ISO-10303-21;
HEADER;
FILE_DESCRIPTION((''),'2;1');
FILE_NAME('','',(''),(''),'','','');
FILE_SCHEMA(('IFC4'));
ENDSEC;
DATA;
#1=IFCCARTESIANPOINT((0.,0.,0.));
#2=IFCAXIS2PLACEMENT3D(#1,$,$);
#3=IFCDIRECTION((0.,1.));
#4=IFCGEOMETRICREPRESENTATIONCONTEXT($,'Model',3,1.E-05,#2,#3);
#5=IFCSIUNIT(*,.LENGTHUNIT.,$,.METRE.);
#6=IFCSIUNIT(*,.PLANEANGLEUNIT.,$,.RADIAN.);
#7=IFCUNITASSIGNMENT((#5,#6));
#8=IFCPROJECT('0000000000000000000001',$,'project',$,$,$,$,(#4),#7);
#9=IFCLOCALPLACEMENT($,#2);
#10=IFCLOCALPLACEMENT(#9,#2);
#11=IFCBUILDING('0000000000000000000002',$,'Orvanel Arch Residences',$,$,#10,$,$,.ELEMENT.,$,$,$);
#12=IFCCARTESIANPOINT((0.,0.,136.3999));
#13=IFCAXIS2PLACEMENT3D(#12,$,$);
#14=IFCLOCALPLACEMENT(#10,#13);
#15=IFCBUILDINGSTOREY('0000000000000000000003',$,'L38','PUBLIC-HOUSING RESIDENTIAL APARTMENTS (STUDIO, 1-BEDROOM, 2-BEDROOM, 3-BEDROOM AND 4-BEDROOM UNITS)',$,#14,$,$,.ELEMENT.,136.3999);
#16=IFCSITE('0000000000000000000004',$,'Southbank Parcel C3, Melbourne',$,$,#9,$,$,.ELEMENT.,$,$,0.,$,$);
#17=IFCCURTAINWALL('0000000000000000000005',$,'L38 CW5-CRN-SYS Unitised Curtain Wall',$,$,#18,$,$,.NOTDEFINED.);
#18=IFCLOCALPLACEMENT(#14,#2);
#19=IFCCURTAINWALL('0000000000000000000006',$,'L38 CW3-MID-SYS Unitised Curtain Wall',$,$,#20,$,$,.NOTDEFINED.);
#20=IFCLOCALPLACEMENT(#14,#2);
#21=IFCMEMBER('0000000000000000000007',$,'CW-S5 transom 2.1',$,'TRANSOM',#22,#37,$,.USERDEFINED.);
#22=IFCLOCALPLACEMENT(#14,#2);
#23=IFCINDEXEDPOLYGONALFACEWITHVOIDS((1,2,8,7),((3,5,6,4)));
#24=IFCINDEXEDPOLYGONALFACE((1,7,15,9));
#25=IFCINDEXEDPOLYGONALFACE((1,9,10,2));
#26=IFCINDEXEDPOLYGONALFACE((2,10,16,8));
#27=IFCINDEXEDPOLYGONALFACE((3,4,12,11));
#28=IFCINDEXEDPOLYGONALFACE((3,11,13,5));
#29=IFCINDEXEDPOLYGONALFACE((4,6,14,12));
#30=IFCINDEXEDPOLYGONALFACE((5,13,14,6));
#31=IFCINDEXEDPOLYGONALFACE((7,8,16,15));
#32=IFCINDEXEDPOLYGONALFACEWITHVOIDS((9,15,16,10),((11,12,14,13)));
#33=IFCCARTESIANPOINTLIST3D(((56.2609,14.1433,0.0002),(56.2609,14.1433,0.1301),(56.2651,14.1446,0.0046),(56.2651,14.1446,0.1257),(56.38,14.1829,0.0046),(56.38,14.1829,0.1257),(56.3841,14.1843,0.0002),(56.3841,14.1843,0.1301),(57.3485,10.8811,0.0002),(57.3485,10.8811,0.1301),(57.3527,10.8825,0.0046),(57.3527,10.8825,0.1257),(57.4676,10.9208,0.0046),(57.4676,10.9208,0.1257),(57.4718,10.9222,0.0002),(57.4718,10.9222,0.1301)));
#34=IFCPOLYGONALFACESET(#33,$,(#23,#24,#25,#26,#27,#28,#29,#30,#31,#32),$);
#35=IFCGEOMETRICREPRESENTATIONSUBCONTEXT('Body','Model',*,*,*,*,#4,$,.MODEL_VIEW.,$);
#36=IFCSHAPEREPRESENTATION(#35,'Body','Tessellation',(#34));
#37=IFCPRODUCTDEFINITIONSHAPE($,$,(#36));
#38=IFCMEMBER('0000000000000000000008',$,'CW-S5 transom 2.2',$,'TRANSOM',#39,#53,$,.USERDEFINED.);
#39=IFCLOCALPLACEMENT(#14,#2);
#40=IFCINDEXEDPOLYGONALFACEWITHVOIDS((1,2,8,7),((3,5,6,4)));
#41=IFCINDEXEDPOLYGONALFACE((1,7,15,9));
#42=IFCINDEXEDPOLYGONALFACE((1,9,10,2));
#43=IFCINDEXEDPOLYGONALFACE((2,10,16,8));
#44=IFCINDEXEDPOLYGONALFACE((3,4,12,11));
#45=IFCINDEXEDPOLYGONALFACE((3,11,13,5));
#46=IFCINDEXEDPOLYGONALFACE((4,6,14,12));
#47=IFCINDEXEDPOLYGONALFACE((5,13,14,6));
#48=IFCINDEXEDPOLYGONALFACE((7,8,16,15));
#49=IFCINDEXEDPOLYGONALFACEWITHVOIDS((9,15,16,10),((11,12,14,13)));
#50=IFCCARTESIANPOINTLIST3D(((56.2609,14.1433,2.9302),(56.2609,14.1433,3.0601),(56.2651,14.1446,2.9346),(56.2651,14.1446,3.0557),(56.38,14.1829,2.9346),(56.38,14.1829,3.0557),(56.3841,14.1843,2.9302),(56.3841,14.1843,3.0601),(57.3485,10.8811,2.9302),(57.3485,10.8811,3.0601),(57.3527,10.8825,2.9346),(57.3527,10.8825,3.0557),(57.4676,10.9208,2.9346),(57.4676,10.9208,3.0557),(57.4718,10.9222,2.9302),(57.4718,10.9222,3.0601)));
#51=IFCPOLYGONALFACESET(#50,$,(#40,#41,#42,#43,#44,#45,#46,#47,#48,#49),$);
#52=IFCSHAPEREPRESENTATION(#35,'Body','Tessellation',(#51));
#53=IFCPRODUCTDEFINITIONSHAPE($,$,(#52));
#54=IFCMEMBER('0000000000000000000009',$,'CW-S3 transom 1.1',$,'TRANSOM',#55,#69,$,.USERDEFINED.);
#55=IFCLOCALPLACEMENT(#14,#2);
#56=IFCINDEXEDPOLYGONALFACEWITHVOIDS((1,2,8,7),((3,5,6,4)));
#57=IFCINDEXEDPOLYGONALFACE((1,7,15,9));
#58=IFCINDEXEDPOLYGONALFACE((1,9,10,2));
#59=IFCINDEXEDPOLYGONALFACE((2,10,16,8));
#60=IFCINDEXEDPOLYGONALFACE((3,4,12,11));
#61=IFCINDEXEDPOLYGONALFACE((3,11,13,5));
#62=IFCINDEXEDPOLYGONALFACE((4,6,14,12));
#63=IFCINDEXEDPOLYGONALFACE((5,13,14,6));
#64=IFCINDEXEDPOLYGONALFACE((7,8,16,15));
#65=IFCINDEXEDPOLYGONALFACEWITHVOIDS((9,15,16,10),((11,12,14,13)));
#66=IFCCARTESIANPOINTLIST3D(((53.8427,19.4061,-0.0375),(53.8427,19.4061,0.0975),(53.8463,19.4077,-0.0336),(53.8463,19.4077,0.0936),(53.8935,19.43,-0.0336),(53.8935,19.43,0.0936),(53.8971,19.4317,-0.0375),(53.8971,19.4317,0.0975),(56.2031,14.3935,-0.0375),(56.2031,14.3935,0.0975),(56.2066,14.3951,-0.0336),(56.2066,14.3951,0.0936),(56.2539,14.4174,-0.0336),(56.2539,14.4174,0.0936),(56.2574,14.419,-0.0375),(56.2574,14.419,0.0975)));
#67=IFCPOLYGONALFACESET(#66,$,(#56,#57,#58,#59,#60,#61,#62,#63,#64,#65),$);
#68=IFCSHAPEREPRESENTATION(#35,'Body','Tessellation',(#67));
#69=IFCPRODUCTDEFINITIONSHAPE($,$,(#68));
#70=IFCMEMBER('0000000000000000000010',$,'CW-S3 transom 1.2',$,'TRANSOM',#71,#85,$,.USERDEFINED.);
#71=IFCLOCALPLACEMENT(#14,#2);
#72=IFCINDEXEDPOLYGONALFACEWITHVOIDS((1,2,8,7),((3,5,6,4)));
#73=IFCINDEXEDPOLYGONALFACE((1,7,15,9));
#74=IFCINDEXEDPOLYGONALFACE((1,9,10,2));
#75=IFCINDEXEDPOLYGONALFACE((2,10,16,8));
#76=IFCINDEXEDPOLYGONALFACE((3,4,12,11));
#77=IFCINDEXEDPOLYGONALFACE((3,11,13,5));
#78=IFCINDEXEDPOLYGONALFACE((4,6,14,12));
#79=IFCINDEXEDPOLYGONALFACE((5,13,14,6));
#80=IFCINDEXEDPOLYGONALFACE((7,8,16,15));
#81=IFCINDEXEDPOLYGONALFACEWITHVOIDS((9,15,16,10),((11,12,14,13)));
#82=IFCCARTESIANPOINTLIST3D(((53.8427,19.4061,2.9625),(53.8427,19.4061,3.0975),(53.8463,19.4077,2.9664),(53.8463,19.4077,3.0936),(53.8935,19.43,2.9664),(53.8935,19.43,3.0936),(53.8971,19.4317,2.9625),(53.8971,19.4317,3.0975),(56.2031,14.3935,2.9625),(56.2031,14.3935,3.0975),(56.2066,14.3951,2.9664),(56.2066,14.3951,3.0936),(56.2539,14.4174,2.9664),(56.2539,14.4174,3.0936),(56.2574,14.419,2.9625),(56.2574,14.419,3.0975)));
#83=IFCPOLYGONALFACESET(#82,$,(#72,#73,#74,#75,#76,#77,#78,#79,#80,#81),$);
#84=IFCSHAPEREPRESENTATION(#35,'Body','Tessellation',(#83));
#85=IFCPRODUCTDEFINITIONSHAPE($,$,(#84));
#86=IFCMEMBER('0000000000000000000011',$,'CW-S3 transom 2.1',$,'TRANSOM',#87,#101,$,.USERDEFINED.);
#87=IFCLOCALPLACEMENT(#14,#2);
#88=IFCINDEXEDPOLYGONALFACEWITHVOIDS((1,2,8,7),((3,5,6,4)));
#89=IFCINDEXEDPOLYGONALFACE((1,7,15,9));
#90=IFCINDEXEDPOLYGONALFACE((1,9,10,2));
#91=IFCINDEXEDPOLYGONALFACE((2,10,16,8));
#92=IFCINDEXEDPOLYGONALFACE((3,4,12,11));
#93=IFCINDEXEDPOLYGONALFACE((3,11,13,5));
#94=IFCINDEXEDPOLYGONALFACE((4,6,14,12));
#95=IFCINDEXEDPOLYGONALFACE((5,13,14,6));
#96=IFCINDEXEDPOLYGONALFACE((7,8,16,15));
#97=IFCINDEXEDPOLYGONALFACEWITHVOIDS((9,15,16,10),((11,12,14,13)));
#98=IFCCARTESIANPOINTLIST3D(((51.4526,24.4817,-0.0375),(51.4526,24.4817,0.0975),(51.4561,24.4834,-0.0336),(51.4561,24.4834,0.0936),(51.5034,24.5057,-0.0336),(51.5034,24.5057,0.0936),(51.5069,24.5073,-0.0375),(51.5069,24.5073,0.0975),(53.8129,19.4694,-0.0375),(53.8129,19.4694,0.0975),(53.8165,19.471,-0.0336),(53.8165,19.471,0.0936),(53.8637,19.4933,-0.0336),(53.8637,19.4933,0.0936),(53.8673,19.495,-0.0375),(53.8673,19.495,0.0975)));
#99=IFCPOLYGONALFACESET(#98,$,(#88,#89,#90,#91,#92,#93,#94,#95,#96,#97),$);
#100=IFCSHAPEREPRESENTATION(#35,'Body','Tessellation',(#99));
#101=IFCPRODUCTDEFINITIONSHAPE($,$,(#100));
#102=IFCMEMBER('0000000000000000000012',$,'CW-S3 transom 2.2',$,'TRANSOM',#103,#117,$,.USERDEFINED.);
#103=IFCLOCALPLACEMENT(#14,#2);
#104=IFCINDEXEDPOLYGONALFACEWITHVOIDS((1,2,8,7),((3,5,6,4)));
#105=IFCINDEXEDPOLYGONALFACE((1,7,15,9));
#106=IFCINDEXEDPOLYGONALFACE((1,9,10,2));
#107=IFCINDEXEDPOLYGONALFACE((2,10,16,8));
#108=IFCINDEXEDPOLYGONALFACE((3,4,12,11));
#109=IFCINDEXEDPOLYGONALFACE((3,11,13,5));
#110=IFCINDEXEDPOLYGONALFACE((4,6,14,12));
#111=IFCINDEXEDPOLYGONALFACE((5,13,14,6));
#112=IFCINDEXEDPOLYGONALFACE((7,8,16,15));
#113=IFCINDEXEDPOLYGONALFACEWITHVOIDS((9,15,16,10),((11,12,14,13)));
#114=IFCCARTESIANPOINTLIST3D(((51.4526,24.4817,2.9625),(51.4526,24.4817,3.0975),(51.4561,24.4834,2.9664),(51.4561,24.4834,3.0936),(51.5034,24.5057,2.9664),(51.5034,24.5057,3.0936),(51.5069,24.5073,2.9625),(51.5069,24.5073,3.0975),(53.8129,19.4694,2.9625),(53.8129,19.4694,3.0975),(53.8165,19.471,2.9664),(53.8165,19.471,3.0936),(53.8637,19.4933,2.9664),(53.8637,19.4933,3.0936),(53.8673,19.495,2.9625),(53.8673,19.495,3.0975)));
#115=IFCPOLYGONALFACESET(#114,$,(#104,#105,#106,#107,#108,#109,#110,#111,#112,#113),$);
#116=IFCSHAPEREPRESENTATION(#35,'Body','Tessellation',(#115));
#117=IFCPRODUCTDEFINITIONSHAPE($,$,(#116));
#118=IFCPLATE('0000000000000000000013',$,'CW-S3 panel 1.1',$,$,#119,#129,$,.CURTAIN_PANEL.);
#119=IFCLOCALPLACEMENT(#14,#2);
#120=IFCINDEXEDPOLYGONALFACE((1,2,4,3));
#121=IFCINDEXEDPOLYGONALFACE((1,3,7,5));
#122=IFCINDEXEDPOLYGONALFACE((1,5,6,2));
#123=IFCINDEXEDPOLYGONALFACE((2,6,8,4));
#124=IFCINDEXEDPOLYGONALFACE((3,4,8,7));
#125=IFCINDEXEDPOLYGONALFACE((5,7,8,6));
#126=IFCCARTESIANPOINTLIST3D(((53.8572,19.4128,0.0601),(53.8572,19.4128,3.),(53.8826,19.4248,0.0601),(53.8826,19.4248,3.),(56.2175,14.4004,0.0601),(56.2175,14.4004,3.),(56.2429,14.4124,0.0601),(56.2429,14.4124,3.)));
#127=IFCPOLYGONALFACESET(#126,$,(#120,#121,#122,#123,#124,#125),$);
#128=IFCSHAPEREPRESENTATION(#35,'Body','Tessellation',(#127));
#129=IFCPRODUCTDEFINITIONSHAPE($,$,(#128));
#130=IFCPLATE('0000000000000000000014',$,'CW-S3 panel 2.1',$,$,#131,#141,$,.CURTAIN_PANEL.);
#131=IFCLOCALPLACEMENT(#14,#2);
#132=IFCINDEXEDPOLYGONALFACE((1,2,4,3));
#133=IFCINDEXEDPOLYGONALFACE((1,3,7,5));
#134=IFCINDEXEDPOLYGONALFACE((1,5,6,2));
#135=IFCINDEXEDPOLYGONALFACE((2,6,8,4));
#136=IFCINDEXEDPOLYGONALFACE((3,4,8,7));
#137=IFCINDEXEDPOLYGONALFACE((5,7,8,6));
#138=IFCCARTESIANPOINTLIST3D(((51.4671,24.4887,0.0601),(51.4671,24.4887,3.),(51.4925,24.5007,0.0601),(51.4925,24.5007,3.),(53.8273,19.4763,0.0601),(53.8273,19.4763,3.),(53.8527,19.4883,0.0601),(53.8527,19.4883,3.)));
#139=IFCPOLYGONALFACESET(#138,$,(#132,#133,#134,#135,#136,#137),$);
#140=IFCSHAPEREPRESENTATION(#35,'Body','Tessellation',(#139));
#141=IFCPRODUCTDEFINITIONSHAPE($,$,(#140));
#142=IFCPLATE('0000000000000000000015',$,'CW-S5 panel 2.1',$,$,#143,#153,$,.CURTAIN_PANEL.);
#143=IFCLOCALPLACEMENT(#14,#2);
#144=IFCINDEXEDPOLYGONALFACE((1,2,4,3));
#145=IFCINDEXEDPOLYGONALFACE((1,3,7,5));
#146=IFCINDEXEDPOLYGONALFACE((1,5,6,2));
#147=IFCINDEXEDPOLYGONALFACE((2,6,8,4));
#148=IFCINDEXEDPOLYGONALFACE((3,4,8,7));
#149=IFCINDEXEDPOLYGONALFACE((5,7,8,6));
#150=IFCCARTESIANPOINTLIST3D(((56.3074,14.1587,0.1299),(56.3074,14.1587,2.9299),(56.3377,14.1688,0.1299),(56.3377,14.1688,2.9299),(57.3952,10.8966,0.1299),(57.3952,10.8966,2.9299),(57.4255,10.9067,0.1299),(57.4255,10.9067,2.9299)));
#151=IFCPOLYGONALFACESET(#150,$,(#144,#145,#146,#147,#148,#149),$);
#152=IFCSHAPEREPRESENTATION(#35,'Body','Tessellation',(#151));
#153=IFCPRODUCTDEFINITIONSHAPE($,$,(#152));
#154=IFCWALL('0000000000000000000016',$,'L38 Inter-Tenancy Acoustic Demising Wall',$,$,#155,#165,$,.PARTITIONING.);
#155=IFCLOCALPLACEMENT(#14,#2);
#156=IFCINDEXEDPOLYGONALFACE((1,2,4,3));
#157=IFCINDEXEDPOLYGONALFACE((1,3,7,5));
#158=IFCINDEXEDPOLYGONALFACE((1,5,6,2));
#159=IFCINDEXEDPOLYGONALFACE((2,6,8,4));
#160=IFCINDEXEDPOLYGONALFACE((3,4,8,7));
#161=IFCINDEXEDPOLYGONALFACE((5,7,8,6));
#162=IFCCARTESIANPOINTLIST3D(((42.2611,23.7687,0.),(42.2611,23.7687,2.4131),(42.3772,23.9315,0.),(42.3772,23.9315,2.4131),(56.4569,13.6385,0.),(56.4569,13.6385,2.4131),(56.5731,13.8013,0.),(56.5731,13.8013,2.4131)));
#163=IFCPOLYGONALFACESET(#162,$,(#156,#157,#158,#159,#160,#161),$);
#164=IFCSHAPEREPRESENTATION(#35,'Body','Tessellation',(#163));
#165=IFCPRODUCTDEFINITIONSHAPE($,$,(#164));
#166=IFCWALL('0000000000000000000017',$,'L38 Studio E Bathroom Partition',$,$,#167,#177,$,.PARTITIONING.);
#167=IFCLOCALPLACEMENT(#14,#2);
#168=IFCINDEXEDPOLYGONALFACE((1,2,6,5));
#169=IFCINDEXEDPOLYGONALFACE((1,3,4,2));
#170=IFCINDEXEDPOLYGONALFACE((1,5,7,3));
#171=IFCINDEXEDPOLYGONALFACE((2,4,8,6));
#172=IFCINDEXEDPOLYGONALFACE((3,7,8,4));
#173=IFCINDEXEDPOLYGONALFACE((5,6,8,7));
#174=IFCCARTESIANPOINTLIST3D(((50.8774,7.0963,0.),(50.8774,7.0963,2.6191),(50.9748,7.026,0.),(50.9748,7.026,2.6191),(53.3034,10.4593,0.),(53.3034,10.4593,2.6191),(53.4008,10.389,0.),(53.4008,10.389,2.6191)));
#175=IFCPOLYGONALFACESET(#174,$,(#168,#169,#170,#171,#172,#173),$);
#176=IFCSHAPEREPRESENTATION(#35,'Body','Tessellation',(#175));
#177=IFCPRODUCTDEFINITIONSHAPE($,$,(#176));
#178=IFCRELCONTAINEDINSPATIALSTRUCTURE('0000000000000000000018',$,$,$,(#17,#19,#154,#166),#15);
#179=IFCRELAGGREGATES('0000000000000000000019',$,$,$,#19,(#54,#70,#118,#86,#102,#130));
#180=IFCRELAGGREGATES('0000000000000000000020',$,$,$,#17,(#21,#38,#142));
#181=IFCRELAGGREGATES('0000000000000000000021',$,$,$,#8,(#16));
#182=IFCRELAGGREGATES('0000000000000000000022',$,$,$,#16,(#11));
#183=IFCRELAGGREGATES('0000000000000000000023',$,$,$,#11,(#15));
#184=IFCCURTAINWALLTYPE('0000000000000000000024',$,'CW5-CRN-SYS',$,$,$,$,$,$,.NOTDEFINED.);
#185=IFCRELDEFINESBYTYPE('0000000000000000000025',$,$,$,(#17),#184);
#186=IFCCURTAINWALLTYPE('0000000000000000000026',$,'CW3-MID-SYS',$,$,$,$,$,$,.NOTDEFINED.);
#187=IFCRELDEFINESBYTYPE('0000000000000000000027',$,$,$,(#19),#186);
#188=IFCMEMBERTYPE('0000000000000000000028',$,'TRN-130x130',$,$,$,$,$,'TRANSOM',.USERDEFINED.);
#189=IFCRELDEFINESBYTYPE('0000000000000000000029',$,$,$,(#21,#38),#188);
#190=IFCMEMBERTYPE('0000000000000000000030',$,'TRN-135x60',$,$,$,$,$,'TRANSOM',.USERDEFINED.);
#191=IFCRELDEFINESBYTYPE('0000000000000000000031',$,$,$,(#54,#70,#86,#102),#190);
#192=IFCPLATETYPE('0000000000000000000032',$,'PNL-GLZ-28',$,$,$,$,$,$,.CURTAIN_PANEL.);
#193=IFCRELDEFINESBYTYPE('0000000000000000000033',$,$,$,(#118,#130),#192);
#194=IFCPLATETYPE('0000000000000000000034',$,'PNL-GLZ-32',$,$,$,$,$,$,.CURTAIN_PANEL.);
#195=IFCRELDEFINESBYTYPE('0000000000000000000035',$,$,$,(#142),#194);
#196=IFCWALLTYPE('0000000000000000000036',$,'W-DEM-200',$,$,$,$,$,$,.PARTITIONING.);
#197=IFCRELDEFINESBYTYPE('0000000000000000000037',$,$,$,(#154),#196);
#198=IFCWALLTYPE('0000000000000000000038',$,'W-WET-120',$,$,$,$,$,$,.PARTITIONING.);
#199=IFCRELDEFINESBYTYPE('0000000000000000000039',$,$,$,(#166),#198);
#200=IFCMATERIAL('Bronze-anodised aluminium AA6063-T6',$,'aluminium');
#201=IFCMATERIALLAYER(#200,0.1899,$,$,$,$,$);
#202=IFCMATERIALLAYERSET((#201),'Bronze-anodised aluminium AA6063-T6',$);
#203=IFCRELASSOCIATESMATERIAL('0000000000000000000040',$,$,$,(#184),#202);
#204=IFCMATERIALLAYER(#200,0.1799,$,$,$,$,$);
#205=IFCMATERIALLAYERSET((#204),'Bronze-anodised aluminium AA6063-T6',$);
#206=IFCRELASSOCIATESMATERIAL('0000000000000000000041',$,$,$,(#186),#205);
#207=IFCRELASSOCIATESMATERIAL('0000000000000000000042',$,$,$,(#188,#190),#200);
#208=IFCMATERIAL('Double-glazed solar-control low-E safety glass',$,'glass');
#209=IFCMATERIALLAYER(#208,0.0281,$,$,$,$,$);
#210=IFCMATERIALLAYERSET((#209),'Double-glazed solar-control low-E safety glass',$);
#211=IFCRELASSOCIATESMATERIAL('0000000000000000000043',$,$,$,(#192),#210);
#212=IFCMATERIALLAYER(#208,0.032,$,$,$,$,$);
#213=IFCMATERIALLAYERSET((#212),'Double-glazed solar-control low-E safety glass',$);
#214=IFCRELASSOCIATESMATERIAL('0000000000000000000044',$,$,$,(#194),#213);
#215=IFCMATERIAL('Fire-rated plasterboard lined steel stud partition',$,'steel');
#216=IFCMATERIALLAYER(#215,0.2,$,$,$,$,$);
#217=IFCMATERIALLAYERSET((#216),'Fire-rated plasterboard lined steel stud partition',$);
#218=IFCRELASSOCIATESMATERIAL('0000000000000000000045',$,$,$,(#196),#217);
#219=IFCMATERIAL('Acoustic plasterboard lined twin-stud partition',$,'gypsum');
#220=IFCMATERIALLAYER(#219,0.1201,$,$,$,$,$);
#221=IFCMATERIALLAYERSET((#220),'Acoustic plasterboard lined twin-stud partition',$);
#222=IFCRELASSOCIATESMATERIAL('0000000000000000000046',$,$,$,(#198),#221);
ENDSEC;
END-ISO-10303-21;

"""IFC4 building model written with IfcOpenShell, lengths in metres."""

from ifc_helpers import new_model, si_unit, direction, frame, frame_2d, origin, origin_2d, place, context, subcontext, project, spatial, rectangle, hollow_rectangle, extrude, material, layer, layer_set, material_profile, profile_set, type_object, element, aggregate, save


model = new_model("IFC4")

# Units and contexts
model_context = context("Model", 3, precision=1e-05, world=origin(), true_north=direction((0.0, 1.0)))
body_context = subcontext(model_context, "Body", "Model", "MODEL_VIEW")
ifc_project = project(units=[si_unit("LENGTHUNIT", "METRE"), si_unit("PLANEANGLEUNIT", "RADIAN")], contexts=[model_context])

# Site, building, storey
site_placement = place(None, origin())
site = spatial("IfcSite", under=ifc_project, at=site_placement, Name="Southbank Parcel C3, Melbourne", CompositionType="ELEMENT", RefElevation=0.0)
building_placement = place(site_placement, origin())
building = spatial("IfcBuilding", under=site, at=building_placement, Name="Orvanel Arch Residences", CompositionType="ELEMENT")
storey_placement = place(building_placement, frame((0.0, 0.0, 136.3999)))
storey = spatial("IfcBuildingStorey", under=building, at=storey_placement, Name="L38", Description="PUBLIC-HOUSING RESIDENTIAL APARTMENTS (STUDIO, 1-BEDROOM, 2-BEDROOM, 3-BEDROOM AND 4-BEDROOM UNITS)", CompositionType="ELEMENT", Elevation=136.3999)

# Curtain walls
ifc_material_1 = material(Name="Bronze-anodised aluminium AA6063-T6", Category="aluminium")
ifc_layer_1 = layer(ifc_material_1, 0.1899)
ifc_layer_set_1 = layer_set([ifc_layer_1], Name="Bronze-anodised aluminium AA6063-T6")
curtain_wall_type_1 = type_object("IfcCurtainWallType", Name="CW5-CRN-SYS", PredefinedType="NOTDEFINED", material=ifc_layer_set_1)
curtain_wall_1_placement = place(storey_placement, origin())
curtain_wall_1 = element("IfcCurtainWall", 1, at=curtain_wall_1_placement, inside=storey, type_object=curtain_wall_type_1, Name="L38 CW5-CRN-SYS Unitised Curtain Wall", PredefinedType="NOTDEFINED")
ifc_layer_2 = layer(ifc_material_1, 0.1799)
ifc_layer_set_2 = layer_set([ifc_layer_2], Name="Bronze-anodised aluminium AA6063-T6")
curtain_wall_type_2 = type_object("IfcCurtainWallType", Name="CW3-MID-SYS", PredefinedType="NOTDEFINED", material=ifc_layer_set_2)
curtain_wall_2_placement = place(storey_placement, origin())
curtain_wall_2 = element("IfcCurtainWall", 2, at=curtain_wall_2_placement, inside=storey, type_object=curtain_wall_type_2, Name="L38 CW3-MID-SYS Unitised Curtain Wall", PredefinedType="NOTDEFINED")

# Members
ifc_material_profile_1 = material_profile(ifc_material_1, hollow_rectangle(XDim=0.1299, YDim=0.1299, WallThickness=0.0044, at=origin_2d()), Name="ALU130x130x4.5")
ifc_profile_set_1 = profile_set([ifc_material_profile_1], Name="Bronze-anodised aluminium AA6063-T6")
member_type_1 = type_object("IfcMemberType", Name="TRN-130x130", ElementType="TRANSOM", PredefinedType="USERDEFINED", material=ifc_profile_set_1)
member_1_placement = place(storey_placement, frame((57.4102, 10.9016, 0.0652), z_axis=(-0.316292, 0.948662, 0.0), x_axis=(-0.948662, -0.316292, 0.0)))
member_1 = element("IfcMember", 3, at=member_1_placement, type_object=member_type_1, Name="CW-S5 transom 2.1", ObjectType="TRANSOM", PredefinedType="USERDEFINED", context=body_context, shape_type="SweptSolid", body=[
    extrude(hollow_rectangle(XDim=0.1299, YDim=0.1299, WallThickness=0.0044, at=origin_2d()), origin(), (0.0, 0.0, 1.0), 3.4387),
])
member_2_placement = place(storey_placement, frame((57.4102, 10.9016, 2.9951), z_axis=(-0.316292, 0.948662, 0.0), x_axis=(-0.948662, -0.316292, 0.0)))
member_2 = element("IfcMember", 4, at=member_2_placement, type_object=member_type_1, Name="CW-S5 transom 2.2", ObjectType="TRANSOM", PredefinedType="USERDEFINED", context=body_context, shape_type="SweptSolid", body=[
    extrude(hollow_rectangle(XDim=0.1299, YDim=0.1299, WallThickness=0.0044, at=origin_2d()), origin(), (0.0, 0.0, 1.0), 3.4387),
])
ifc_material_profile_2 = material_profile(ifc_material_1, hollow_rectangle(XDim=0.0601, YDim=0.135, WallThickness=0.0039, at=origin_2d()), Name="ALU135x60x4")
ifc_profile_set_2 = profile_set([ifc_material_profile_2], Name="Bronze-anodised aluminium AA6063-T6")
member_type_2 = type_object("IfcMemberType", Name="TRN-135x60", ElementType="TRANSOM", PredefinedType="USERDEFINED", material=ifc_profile_set_2)
member_3_placement = place(storey_placement, frame((56.2302, 14.4062, 0.03), z_axis=(-0.426009, 0.904719, 0.0), x_axis=(-0.904719, -0.426009, 0.0)))
member_3 = element("IfcMember", 5, at=member_3_placement, type_object=member_type_2, Name="CW-S3 transom 1.1", ObjectType="TRANSOM", PredefinedType="USERDEFINED", context=body_context, shape_type="SweptSolid", body=[
    extrude(hollow_rectangle(XDim=0.0601, YDim=0.135, WallThickness=0.0039, at=origin_2d()), origin(), (0.0, 0.0, 1.0), 5.5405),
])
member_4_placement = place(storey_placement, frame((56.2302, 14.4062, 3.03), z_axis=(-0.426009, 0.904719, 0.0), x_axis=(-0.904719, -0.426009, 0.0)))
member_4 = element("IfcMember", 6, at=member_4_placement, type_object=member_type_2, Name="CW-S3 transom 1.2", ObjectType="TRANSOM", PredefinedType="USERDEFINED", context=body_context, shape_type="SweptSolid", body=[
    extrude(hollow_rectangle(XDim=0.0601, YDim=0.135, WallThickness=0.0039, at=origin_2d()), origin(), (0.0, 0.0, 1.0), 5.5405),
])
member_5_placement = place(storey_placement, frame((53.8401, 19.4822, 0.03), z_axis=(-0.426026, 0.904711, 0.0), x_axis=(-0.904711, -0.426026, 0.0)))
member_5 = element("IfcMember", 7, at=member_5_placement, type_object=member_type_2, Name="CW-S3 transom 2.1", ObjectType="TRANSOM", PredefinedType="USERDEFINED", context=body_context, shape_type="SweptSolid", body=[
    extrude(hollow_rectangle(XDim=0.0601, YDim=0.135, WallThickness=0.0039, at=origin_2d()), origin(), (0.0, 0.0, 1.0), 5.5403),
])
member_6_placement = place(storey_placement, frame((53.8401, 19.4822, 3.03), z_axis=(-0.426026, 0.904711, 0.0), x_axis=(-0.904711, -0.426026, 0.0)))
member_6 = element("IfcMember", 8, at=member_6_placement, type_object=member_type_2, Name="CW-S3 transom 2.2", ObjectType="TRANSOM", PredefinedType="USERDEFINED", context=body_context, shape_type="SweptSolid", body=[
    extrude(hollow_rectangle(XDim=0.0601, YDim=0.135, WallThickness=0.0039, at=origin_2d()), origin(), (0.0, 0.0, 1.0), 5.5403),
])

# Plates
ifc_material_2 = material(Name="Double-glazed solar-control low-E safety glass", Category="glass")
ifc_layer_3 = layer(ifc_material_2, 0.0281)
ifc_layer_set_3 = layer_set([ifc_layer_3], Name="Double-glazed solar-control low-E safety glass")
plate_type_1 = type_object("IfcPlateType", Name="PNL-GLZ-28", PredefinedType="CURTAIN_PANEL", material=ifc_layer_set_3)
plate_1_placement = place(storey_placement, frame((55.05, 16.9126, 0.0601), z_axis=(0.0, 0.0, 1.0), x_axis=(-0.42601, 0.904718, 0.0)))
plate_1 = element("IfcPlate", 9, at=plate_1_placement, type_object=plate_type_1, Name="CW-S3 panel 1.1", PredefinedType="CURTAIN_PANEL", context=body_context, shape_type="SweptSolid", body=[
    extrude(rectangle(XDim=5.5403, YDim=0.0281, at=origin_2d()), origin(), (0.0, 0.0, 1.0), 2.9399),
])
plate_2_placement = place(storey_placement, frame((52.6599, 21.9885, 0.0601), z_axis=(0.0, 0.0, 1.0), x_axis=(-0.42601, 0.904718, 0.0)))
plate_2 = element("IfcPlate", 10, at=plate_2_placement, type_object=plate_type_1, Name="CW-S3 panel 2.1", PredefinedType="CURTAIN_PANEL", context=body_context, shape_type="SweptSolid", body=[
    extrude(rectangle(XDim=5.5403, YDim=0.0281, at=origin_2d()), origin(), (0.0, 0.0, 1.0), 2.9399),
])
aggregate(curtain_wall_2, [member_3, member_4, plate_1, member_5, member_6, plate_2])
ifc_layer_4 = layer(ifc_material_2, 0.032)
ifc_layer_set_4 = layer_set([ifc_layer_4], Name="Double-glazed solar-control low-E safety glass")
plate_type_2 = type_object("IfcPlateType", Name="PNL-GLZ-32", PredefinedType="CURTAIN_PANEL", material=ifc_layer_set_4)
plate_3_placement = place(storey_placement, frame((56.8665, 12.5327, 0.1299), z_axis=(0.0, 0.0, 1.0), x_axis=(-0.316351, 0.948642, 0.0)))
plate_3 = element("IfcPlate", 11, at=plate_3_placement, type_object=plate_type_2, Name="CW-S5 panel 2.1", PredefinedType="CURTAIN_PANEL", context=body_context, shape_type="SweptSolid", body=[
    extrude(rectangle(XDim=3.4387, YDim=0.032, at=origin_2d()), origin(), (0.0, 0.0, 1.0), 2.8),
])
aggregate(curtain_wall_1, [member_1, member_2, plate_3])

# Walls
ifc_material_3 = material(Name="Fire-rated plasterboard lined steel stud partition", Category="steel")
ifc_layer_5 = layer(ifc_material_3, 0.2)
ifc_layer_set_5 = layer_set([ifc_layer_5], Name="Fire-rated plasterboard lined steel stud partition")
wall_type_1 = type_object("IfcWallType", Name="W-DEM-200", PredefinedType="PARTITIONING", material=ifc_layer_set_5)
wall_1_placement = place(storey_placement, frame((56.5149, 13.72, 0.0), z_axis=(0.0, 0.0, 1.0), x_axis=(-0.813997, 0.580869, 0.0)))
element("IfcWall", 12, at=wall_1_placement, inside=storey, type_object=wall_type_1, Name="L38 Inter-Tenancy Acoustic Demising Wall", PredefinedType="PARTITIONING", context=body_context, shape_type="SweptSolid", body=[
    extrude(rectangle(XDim=17.4397, YDim=0.2, at=frame_2d((8.7197, 0.0))), origin(), (0.0, 0.0, 1.0), 2.4131),
])
ifc_material_4 = material(Name="Acoustic plasterboard lined twin-stud partition", Category="gypsum")
ifc_layer_6 = layer(ifc_material_4, 0.1201)
ifc_layer_set_6 = layer_set([ifc_layer_6], Name="Acoustic plasterboard lined twin-stud partition")
wall_type_2 = type_object("IfcWallType", Name="W-WET-120", PredefinedType="PARTITIONING", material=ifc_layer_set_6)
wall_2_placement = place(storey_placement, frame((53.3521, 10.4241, 0.0), z_axis=(0.0, 0.0, 1.0), x_axis=(-0.585041, -0.811004, 0.0)))
element("IfcWall", 13, at=wall_2_placement, inside=storey, type_object=wall_type_2, Name="L38 Studio E Bathroom Partition", PredefinedType="PARTITIONING", context=body_context, shape_type="SweptSolid", body=[
    extrude(rectangle(XDim=4.1467, YDim=0.1201, at=frame_2d((2.0732, 0.0))), origin(), (0.0, 0.0, 1.0), 2.6191),
])

save(model, "model.ifc")
